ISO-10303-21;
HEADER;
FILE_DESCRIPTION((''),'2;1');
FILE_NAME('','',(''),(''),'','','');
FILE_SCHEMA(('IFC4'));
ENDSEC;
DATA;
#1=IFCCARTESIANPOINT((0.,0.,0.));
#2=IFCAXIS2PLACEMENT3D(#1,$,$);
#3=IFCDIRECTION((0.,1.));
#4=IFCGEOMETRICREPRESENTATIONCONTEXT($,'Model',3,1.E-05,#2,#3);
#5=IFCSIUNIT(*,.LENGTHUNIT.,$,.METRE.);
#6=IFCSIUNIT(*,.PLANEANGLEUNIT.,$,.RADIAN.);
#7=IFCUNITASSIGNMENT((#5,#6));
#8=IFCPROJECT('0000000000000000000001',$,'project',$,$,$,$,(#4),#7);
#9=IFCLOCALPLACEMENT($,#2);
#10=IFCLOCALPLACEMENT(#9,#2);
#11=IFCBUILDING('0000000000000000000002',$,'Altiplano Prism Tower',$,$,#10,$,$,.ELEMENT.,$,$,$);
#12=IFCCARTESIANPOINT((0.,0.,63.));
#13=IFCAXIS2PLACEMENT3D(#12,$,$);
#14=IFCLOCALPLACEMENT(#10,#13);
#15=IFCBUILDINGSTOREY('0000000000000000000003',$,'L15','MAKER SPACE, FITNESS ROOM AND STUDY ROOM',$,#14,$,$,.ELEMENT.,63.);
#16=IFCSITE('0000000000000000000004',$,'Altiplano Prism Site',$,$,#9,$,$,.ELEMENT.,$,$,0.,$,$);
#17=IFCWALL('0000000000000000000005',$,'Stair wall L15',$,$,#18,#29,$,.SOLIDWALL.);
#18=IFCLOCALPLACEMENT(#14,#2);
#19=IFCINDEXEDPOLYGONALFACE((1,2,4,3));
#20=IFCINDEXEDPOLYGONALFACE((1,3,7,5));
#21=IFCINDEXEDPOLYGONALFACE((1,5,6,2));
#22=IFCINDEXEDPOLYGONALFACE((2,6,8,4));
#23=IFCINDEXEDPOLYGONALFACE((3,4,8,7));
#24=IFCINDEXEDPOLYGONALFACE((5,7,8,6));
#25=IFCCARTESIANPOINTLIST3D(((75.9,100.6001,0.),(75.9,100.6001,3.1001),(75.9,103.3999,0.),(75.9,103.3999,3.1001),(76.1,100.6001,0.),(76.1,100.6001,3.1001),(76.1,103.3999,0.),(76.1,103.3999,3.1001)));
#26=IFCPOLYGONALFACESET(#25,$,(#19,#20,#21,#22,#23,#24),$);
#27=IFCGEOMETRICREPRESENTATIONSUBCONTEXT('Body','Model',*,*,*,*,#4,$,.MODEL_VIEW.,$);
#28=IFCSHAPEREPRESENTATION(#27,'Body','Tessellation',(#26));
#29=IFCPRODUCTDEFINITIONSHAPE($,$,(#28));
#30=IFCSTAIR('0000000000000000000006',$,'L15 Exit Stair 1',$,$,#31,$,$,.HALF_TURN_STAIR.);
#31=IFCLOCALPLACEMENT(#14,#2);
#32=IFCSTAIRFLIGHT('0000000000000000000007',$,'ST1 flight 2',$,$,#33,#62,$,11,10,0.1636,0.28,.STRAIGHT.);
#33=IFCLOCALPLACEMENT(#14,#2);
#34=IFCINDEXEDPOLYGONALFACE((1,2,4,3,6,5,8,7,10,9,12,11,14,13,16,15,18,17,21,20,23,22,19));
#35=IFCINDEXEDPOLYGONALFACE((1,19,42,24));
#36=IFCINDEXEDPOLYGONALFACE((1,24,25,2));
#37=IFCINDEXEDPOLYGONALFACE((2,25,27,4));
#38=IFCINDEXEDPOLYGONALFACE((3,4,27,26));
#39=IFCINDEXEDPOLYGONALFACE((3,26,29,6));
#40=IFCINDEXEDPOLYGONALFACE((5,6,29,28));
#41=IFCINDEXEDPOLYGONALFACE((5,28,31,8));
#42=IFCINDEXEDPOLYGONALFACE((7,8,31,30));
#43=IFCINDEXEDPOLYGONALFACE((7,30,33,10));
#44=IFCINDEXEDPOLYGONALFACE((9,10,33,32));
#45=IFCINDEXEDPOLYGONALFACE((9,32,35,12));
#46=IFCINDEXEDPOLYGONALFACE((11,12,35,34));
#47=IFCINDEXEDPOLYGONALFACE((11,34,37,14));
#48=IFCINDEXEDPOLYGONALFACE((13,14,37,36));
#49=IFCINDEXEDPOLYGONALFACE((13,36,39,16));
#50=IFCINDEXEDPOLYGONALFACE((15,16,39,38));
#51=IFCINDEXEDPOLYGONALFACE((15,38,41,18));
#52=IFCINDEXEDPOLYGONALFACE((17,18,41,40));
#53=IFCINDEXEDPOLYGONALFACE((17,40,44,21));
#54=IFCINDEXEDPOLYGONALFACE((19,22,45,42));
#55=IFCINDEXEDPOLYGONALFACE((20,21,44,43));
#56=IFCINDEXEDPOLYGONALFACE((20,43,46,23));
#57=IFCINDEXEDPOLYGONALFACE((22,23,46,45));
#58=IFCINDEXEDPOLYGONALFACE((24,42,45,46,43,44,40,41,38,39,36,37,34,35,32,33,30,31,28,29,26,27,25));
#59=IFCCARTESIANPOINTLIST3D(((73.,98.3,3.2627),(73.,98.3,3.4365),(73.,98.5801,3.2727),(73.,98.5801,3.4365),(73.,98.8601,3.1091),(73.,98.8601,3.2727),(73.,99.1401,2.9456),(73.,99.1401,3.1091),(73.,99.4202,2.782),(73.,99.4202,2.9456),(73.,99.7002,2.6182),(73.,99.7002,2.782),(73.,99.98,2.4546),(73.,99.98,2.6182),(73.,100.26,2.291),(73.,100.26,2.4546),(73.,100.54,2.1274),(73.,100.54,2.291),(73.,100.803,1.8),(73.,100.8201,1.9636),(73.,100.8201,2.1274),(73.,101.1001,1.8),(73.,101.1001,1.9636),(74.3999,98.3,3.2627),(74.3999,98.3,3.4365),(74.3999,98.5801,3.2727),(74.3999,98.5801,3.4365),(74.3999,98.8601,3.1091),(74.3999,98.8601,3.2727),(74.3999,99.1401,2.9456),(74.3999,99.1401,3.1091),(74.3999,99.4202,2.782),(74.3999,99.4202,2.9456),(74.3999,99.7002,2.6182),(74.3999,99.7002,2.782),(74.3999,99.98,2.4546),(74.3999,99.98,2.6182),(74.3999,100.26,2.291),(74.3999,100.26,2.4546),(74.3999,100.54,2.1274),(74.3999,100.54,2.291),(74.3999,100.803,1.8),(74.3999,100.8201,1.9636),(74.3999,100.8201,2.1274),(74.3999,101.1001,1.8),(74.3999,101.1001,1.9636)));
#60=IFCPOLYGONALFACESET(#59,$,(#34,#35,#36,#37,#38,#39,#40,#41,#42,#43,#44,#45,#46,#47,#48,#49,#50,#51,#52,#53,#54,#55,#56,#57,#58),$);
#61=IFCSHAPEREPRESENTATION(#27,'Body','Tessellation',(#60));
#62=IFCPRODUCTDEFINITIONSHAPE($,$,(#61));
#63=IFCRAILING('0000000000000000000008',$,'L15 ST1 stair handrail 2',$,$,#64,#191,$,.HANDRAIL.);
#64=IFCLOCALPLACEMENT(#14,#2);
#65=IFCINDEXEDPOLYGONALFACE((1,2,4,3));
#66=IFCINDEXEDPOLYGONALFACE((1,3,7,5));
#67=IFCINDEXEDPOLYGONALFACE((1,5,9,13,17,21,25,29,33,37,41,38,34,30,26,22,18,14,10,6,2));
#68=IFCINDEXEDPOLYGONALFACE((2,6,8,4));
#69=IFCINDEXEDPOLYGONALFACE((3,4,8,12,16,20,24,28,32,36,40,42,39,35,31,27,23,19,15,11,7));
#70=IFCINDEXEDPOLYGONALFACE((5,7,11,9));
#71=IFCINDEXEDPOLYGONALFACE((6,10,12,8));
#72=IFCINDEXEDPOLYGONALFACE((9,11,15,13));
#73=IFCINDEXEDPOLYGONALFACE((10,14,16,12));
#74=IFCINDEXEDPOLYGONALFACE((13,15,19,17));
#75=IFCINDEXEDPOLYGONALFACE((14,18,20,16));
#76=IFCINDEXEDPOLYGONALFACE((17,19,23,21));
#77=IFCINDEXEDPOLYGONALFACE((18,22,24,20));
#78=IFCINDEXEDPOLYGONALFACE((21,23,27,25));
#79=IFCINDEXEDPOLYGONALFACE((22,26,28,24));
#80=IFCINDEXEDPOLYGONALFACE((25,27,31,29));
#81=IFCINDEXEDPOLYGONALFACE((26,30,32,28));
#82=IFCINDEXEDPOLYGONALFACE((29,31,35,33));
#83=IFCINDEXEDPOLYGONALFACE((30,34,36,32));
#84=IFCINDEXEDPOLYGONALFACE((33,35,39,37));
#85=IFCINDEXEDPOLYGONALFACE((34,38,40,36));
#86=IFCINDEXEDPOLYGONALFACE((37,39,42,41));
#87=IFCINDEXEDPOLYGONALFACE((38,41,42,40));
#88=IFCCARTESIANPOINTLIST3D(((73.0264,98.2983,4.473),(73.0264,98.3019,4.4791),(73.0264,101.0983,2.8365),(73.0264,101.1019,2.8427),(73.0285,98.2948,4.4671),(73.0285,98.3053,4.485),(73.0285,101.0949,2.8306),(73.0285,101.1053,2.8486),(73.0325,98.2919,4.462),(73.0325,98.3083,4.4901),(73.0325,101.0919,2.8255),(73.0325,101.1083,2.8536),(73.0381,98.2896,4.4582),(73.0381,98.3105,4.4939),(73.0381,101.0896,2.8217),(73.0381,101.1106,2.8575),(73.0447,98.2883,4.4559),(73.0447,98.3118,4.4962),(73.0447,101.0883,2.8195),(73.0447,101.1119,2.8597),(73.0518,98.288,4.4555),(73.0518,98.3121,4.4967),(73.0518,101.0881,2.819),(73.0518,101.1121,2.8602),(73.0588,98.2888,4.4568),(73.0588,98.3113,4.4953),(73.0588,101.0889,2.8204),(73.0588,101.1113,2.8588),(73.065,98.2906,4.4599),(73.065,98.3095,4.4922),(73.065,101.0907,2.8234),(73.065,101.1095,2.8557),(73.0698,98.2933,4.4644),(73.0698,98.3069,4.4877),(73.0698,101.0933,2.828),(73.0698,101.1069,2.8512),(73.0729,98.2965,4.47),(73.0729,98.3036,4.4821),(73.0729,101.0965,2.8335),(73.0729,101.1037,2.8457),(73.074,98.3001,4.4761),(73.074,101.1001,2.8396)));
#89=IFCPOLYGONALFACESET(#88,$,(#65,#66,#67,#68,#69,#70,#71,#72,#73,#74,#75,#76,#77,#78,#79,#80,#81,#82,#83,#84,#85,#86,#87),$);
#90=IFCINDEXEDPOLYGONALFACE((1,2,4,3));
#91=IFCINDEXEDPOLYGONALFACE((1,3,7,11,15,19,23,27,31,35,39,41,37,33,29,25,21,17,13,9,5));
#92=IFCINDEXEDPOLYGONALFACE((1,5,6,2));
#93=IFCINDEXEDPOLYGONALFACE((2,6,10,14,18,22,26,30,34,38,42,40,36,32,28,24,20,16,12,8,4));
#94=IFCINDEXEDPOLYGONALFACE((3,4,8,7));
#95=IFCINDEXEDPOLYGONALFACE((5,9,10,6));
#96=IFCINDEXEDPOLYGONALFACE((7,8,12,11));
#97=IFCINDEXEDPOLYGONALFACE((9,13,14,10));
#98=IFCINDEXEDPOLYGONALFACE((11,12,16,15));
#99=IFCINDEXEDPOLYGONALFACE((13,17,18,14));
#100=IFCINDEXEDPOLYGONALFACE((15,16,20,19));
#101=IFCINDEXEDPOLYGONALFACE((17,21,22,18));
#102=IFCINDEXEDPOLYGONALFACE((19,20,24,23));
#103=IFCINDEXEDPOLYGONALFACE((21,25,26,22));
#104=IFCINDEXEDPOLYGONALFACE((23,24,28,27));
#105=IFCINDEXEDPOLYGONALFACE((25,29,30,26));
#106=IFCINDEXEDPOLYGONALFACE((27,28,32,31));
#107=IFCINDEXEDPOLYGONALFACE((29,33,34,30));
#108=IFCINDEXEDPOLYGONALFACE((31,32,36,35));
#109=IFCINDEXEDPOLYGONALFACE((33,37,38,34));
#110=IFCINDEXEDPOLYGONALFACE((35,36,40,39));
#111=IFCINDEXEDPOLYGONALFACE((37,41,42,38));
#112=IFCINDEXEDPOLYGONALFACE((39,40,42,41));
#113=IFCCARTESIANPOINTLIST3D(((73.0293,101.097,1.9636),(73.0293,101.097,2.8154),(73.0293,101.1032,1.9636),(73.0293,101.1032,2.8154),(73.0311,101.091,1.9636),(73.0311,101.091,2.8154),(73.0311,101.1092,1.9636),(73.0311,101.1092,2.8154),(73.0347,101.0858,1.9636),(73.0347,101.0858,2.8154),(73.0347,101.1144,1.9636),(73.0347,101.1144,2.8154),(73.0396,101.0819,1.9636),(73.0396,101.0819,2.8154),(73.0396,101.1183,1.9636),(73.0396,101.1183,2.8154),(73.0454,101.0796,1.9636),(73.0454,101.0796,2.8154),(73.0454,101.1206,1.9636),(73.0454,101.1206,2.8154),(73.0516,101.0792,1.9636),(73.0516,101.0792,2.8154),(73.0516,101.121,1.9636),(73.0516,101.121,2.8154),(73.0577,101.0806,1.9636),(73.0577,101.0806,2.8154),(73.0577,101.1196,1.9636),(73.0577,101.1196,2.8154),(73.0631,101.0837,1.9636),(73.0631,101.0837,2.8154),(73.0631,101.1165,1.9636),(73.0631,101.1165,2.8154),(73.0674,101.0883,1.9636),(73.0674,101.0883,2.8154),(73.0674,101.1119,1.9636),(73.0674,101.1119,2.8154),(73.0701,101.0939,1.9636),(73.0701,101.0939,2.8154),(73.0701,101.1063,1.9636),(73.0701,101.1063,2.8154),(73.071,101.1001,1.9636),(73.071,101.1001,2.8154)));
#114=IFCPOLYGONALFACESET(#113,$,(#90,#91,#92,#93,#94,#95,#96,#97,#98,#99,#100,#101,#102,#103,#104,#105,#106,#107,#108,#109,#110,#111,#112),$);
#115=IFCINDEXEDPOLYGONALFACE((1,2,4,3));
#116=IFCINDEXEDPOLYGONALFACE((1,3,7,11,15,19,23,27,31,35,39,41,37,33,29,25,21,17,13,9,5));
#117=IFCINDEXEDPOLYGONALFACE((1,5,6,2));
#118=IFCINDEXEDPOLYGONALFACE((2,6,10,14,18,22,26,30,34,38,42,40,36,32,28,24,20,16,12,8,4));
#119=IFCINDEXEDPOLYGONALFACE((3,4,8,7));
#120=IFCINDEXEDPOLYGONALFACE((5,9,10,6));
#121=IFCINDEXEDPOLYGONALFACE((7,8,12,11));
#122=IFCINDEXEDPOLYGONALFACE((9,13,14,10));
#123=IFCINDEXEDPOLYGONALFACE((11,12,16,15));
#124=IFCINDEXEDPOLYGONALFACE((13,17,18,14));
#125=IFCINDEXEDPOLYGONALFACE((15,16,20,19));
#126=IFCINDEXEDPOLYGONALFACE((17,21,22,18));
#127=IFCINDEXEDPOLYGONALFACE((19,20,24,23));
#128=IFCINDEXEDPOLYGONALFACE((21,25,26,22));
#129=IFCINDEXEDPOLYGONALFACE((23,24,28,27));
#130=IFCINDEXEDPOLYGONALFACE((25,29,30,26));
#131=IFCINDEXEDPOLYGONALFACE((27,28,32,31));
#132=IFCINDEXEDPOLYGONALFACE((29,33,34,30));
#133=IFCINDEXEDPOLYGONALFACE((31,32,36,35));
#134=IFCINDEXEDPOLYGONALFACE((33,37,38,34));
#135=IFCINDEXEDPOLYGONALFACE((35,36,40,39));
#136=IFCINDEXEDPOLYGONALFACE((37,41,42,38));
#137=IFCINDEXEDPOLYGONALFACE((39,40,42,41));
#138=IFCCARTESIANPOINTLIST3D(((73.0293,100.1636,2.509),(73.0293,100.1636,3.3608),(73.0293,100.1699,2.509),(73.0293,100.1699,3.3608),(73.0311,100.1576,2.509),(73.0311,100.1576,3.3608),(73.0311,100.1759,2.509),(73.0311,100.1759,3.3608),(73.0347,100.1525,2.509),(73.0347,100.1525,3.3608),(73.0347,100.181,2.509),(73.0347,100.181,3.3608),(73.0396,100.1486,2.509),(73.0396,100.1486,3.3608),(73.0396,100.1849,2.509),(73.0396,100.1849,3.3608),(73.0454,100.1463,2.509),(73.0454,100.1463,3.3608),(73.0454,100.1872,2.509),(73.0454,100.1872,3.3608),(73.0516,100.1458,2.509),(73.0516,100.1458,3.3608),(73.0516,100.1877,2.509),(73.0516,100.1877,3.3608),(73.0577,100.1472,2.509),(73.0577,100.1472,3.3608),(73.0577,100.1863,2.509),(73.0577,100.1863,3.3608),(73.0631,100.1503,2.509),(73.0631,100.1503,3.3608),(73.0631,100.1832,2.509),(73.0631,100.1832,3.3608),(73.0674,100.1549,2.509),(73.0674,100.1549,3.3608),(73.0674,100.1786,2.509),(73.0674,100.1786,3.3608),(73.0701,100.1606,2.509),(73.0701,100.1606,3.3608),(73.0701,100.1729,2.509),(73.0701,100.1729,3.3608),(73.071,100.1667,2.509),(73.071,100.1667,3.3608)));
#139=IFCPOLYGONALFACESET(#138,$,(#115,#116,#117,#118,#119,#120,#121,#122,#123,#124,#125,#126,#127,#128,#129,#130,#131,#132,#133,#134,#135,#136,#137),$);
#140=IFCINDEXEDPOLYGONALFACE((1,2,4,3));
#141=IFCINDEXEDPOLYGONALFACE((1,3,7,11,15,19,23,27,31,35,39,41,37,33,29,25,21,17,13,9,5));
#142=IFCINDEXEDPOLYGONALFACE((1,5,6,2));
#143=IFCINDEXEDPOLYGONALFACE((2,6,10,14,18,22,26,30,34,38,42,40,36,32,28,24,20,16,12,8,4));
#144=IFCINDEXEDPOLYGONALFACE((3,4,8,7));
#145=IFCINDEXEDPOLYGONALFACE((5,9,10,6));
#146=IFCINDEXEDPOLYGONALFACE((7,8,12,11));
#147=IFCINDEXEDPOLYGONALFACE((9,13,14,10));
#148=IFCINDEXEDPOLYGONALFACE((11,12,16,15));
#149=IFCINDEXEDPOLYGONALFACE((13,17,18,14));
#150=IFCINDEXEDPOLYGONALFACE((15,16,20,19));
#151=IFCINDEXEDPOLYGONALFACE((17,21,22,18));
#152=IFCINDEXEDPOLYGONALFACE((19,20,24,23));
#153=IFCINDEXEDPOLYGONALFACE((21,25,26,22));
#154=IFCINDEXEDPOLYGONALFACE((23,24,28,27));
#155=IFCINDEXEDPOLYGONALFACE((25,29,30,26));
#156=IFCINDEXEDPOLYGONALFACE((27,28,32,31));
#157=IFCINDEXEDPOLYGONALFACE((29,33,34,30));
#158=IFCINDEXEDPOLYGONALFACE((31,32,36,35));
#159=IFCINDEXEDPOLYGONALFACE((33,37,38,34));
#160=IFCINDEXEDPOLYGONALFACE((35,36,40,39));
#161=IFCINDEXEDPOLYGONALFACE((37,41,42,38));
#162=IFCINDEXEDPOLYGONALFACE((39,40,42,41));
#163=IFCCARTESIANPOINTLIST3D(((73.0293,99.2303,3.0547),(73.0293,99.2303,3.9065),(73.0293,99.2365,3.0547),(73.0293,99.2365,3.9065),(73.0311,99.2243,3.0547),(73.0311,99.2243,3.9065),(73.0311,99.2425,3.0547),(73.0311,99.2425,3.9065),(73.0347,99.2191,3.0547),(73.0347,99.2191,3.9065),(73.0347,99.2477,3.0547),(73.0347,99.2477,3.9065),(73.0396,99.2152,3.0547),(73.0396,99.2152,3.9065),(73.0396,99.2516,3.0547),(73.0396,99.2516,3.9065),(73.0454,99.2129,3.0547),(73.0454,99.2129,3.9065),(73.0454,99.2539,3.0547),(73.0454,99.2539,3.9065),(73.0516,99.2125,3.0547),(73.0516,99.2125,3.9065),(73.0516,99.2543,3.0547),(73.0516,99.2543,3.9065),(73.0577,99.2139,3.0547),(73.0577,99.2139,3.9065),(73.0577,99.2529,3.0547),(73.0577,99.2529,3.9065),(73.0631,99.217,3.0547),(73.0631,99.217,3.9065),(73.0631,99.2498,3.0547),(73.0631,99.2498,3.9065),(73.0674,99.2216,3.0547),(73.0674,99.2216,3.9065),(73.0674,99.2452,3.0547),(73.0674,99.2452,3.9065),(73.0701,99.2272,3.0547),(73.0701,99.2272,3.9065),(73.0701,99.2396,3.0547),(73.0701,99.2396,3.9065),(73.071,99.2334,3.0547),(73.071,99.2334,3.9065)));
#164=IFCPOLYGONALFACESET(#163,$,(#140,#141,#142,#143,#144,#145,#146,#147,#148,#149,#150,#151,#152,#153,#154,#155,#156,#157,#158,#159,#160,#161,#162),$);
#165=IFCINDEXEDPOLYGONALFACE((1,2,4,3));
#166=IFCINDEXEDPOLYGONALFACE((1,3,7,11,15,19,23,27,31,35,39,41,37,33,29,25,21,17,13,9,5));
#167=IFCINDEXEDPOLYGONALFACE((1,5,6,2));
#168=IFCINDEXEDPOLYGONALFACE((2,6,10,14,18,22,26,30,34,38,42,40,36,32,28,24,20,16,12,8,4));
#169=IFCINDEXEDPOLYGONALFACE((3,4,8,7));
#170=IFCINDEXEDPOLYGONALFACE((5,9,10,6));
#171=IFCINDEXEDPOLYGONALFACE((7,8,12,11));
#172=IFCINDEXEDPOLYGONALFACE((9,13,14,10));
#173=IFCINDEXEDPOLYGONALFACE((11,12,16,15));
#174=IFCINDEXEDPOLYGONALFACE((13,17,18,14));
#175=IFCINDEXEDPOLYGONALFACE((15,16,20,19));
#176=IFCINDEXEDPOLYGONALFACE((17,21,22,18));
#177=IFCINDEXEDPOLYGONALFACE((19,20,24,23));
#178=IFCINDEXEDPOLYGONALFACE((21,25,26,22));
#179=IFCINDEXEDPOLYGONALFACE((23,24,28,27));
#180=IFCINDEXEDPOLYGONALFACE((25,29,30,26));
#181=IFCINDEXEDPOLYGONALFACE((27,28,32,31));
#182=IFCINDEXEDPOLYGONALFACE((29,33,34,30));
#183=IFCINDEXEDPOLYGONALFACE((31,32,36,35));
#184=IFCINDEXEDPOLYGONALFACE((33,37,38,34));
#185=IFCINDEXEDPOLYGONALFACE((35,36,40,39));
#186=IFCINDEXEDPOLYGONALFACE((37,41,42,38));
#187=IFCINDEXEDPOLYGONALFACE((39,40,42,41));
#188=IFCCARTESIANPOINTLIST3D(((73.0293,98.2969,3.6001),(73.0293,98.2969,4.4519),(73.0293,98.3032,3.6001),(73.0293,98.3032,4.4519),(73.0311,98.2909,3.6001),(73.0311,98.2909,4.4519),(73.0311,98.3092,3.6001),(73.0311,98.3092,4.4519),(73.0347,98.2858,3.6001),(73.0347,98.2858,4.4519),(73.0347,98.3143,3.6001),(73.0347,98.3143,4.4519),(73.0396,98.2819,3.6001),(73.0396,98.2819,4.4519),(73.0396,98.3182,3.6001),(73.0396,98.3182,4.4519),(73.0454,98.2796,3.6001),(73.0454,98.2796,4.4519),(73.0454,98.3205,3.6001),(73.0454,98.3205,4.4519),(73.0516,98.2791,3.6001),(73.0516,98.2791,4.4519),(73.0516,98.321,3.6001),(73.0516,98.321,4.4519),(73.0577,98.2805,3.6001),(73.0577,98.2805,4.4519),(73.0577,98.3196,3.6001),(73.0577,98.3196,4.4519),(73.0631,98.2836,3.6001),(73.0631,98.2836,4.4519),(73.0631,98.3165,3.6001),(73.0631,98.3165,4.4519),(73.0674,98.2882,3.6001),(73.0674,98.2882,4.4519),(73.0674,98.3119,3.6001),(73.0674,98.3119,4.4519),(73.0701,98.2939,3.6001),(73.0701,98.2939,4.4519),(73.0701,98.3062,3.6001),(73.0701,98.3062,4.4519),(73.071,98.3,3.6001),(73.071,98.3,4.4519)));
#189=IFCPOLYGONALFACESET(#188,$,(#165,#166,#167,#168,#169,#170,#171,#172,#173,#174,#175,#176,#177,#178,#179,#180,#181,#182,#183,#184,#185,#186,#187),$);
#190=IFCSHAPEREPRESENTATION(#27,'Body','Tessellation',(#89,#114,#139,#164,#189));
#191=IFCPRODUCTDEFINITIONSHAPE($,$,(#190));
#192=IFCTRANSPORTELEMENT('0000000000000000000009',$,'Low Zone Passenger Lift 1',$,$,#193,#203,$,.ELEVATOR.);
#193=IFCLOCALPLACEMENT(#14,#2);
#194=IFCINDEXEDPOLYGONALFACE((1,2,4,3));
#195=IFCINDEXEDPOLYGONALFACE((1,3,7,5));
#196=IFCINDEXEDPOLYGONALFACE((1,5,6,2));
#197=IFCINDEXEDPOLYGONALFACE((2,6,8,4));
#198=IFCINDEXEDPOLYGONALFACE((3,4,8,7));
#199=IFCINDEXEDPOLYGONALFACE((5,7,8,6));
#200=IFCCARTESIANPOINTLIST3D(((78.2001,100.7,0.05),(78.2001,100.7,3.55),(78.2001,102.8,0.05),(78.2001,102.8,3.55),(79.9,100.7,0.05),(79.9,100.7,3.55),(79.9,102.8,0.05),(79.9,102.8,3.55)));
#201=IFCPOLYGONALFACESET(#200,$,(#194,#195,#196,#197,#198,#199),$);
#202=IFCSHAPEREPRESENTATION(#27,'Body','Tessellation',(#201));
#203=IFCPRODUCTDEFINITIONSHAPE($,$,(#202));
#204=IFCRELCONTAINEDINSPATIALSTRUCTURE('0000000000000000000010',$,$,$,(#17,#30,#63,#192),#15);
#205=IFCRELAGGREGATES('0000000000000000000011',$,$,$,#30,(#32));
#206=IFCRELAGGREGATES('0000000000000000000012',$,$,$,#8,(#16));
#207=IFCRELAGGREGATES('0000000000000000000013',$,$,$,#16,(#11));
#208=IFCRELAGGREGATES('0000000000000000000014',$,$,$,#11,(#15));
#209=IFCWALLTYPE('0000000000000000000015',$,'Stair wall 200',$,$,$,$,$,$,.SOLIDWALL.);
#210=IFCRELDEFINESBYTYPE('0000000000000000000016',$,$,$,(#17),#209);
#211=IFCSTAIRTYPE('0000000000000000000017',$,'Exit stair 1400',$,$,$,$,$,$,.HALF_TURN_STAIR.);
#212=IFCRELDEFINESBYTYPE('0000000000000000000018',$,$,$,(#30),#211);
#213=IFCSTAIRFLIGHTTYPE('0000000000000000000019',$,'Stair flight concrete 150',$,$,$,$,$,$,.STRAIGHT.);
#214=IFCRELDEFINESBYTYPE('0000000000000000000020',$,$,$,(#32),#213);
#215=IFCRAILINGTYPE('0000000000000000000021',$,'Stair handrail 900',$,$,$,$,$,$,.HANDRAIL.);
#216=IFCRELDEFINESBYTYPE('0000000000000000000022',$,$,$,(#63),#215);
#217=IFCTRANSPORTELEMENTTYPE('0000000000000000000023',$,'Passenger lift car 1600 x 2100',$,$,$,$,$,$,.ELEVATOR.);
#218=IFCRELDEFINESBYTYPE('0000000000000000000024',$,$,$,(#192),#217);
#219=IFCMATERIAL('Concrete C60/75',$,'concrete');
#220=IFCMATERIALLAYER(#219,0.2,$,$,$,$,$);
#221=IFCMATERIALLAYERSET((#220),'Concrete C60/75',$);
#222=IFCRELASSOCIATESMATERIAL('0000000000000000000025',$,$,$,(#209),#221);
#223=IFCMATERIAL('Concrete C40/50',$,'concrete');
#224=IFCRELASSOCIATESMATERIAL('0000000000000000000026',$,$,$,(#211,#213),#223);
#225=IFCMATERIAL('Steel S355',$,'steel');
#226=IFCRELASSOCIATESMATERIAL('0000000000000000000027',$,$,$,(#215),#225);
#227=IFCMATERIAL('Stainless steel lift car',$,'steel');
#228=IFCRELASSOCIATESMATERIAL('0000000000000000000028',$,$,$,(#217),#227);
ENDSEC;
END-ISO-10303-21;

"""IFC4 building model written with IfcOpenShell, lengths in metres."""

from ifc_helpers import new_model, si_unit, direction, frame, frame_2d, origin, origin_2d, place, context, subcontext, project, spatial, polyline, rectangle, circle, outline, extrude, material, layer, layer_set, type_object, element, aggregate, save


model = new_model("IFC4")

# Units and contexts
model_context = context("Model", 3, precision=1e-05, world=origin(), true_north=direction((0.0, 1.0)))
body_context = subcontext(model_context, "Body", "Model", "MODEL_VIEW")
ifc_project = project(units=[si_unit("LENGTHUNIT", "METRE"), si_unit("PLANEANGLEUNIT", "RADIAN")], contexts=[model_context])

# Site, building, storey
site_placement = place(None, origin())
site = spatial("IfcSite", under=ifc_project, at=site_placement, Name="Altiplano Prism Site", CompositionType="ELEMENT", RefElevation=0.0)
building_placement = place(site_placement, origin())
building = spatial("IfcBuilding", under=site, at=building_placement, Name="Altiplano Prism Tower", CompositionType="ELEMENT")
storey_placement = place(building_placement, frame((0.0, 0.0, 63.0)))
storey = spatial("IfcBuildingStorey", under=building, at=storey_placement, Name="L15", Description="MAKER SPACE, FITNESS ROOM AND STUDY ROOM", CompositionType="ELEMENT", Elevation=63.0)

# Shared definitions
ifc_material_1 = material(Name="Concrete C60/75", Category="concrete")

# Wall
ifc_layer_1 = layer(ifc_material_1, 0.2)
ifc_layer_set_1 = layer_set([ifc_layer_1], Name="Concrete C60/75")
wall_type_1 = type_object("IfcWallType", Name="Stair wall 200", PredefinedType="SOLIDWALL", material=ifc_layer_set_1)
wall_1_placement = place(storey_placement, frame((76.0, 100.6001, 0.0), z_axis=(0.0, 0.0, 1.0), x_axis=(0.0, 1.0, 0.0)))
element("IfcWall", 1, at=wall_1_placement, inside=storey, type_object=wall_type_1, Name="Stair wall L15", PredefinedType="SOLIDWALL", context=body_context, shape_type="SweptSolid", body=[
    extrude(rectangle(XDim=2.7998, YDim=0.2, at=frame_2d((1.3999, 0.0))), origin(), (0.0, 0.0, 1.0), 3.1001),
])

# Stair, stair flight
ifc_material_2 = material(Name="Concrete C40/50", Category="concrete")
stair_type = type_object("IfcStairType", Name="Exit stair 1400", PredefinedType="HALF_TURN_STAIR", material=ifc_material_2)
stair_placement = place(storey_placement, origin())
stair = element("IfcStair", 2, at=stair_placement, inside=storey, type_object=stair_type, Name="L15 Exit Stair 1", PredefinedType="HALF_TURN_STAIR")
stair_flight_type = type_object("IfcStairFlightType", Name="Stair flight concrete 150", PredefinedType="STRAIGHT", material=ifc_material_2)
stair_flight_placement = place(storey_placement, frame((73.7, 101.1001, 1.8), z_axis=(0.0, 0.0, 1.0), x_axis=(0.0, -1.0, 0.0)))
stair_flight = element("IfcStairFlight", 3, at=stair_flight_placement, type_object=stair_flight_type, Name="ST1 flight 2", NumberOfRisers=11, NumberOfTreads=10, PredefinedType="STRAIGHT", RiserHeight=0.1636, TreadLength=0.28, context=body_context, shape_type="SweptSolid", body=[
    extrude(outline(polyline([(0.0, 0.0), (0.0, 0.1636), (0.28, 0.1636), (0.28, 0.3274), (0.5601, 0.3274), (0.5601, 0.491), (0.8401, 0.491), (0.8401, 0.6545), (1.1201, 0.6545), (1.1201, 0.8181), (1.3999, 0.8181), (1.3999, 0.9819), (1.6799, 0.9819), (1.6799, 1.1455), (1.96, 1.1455), (1.96, 1.3091), (2.24, 1.3091), (2.24, 1.4727), (2.52, 1.4727), (2.52, 1.6365), (2.8, 1.6365), (2.8, 1.8), (2.8, 1.4626), (0.2971, 0.0), (0.0, 0.0)])), frame((0.0, 0.7, 0.0), z_axis=(0.0, -1.0, 0.0), x_axis=(1.0, 0.0, 0.0)), (0.0, 0.0, 1.0), 1.3999),
])
aggregate(stair, [stair_flight])

# Railing
ifc_material_3 = material(Name="Steel S355", Category="steel")
railing_type = type_object("IfcRailingType", Name="Stair handrail 900", PredefinedType="HANDRAIL", material=ifc_material_3)
railing_placement = place(storey_placement, frame((73.05, 101.1001, 1.9636)))
element("IfcRailing", 4, at=railing_placement, inside=storey, type_object=railing_type, Name="L15 ST1 stair handrail 2", PredefinedType="HANDRAIL", context=body_context, shape_type="SweptSolid", body=[
    extrude(circle(Radius=0.0239, at=origin_2d()), frame((0.0, 0.0, 0.876), z_axis=(0.0, -0.863361, 0.504587), x_axis=(1.0, 0.0, 0.0)), (0.0, 0.0, 1.0), 3.2432),
    extrude(circle(Radius=0.021, at=origin_2d()), origin(), (0.0, 0.0, 1.0), 0.8518),
    extrude(circle(Radius=0.021, at=origin_2d()), frame((0.0, -0.9333, 0.5454)), (0.0, 0.0, 1.0), 0.8518),
    extrude(circle(Radius=0.021, at=origin_2d()), frame((0.0, -1.8667, 1.0911)), (0.0, 0.0, 1.0), 0.8518),
    extrude(circle(Radius=0.021, at=origin_2d()), frame((0.0, -2.8, 1.6365)), (0.0, 0.0, 1.0), 0.8518),
])

# Transport element
ifc_material_4 = material(Name="Stainless steel lift car", Category="steel")
transport_element_type = type_object("IfcTransportElementType", Name="Passenger lift car 1600 x 2100", PredefinedType="ELEVATOR", material=ifc_material_4)
for number, where, z_axis, x_axis, name in (
    (5, (79.05, 101.75, 0.05), (0.0, 0.0, 1.0), (1.0, 0.0, 0.0), "Low Zone Passenger Lift 1"),
):
    element("IfcTransportElement", number, at=place(storey_placement, frame(where, z_axis=z_axis, x_axis=x_axis)), inside=storey, type_object=transport_element_type, Name=name, PredefinedType="ELEVATOR", context=body_context, shape_type="SweptSolid", body=[
        extrude(rectangle(XDim=1.7, YDim=2.1001, at=origin_2d()), origin(), (0.0, 0.0, 1.0), 3.5),
    ])

save(model, "model.ifc")
